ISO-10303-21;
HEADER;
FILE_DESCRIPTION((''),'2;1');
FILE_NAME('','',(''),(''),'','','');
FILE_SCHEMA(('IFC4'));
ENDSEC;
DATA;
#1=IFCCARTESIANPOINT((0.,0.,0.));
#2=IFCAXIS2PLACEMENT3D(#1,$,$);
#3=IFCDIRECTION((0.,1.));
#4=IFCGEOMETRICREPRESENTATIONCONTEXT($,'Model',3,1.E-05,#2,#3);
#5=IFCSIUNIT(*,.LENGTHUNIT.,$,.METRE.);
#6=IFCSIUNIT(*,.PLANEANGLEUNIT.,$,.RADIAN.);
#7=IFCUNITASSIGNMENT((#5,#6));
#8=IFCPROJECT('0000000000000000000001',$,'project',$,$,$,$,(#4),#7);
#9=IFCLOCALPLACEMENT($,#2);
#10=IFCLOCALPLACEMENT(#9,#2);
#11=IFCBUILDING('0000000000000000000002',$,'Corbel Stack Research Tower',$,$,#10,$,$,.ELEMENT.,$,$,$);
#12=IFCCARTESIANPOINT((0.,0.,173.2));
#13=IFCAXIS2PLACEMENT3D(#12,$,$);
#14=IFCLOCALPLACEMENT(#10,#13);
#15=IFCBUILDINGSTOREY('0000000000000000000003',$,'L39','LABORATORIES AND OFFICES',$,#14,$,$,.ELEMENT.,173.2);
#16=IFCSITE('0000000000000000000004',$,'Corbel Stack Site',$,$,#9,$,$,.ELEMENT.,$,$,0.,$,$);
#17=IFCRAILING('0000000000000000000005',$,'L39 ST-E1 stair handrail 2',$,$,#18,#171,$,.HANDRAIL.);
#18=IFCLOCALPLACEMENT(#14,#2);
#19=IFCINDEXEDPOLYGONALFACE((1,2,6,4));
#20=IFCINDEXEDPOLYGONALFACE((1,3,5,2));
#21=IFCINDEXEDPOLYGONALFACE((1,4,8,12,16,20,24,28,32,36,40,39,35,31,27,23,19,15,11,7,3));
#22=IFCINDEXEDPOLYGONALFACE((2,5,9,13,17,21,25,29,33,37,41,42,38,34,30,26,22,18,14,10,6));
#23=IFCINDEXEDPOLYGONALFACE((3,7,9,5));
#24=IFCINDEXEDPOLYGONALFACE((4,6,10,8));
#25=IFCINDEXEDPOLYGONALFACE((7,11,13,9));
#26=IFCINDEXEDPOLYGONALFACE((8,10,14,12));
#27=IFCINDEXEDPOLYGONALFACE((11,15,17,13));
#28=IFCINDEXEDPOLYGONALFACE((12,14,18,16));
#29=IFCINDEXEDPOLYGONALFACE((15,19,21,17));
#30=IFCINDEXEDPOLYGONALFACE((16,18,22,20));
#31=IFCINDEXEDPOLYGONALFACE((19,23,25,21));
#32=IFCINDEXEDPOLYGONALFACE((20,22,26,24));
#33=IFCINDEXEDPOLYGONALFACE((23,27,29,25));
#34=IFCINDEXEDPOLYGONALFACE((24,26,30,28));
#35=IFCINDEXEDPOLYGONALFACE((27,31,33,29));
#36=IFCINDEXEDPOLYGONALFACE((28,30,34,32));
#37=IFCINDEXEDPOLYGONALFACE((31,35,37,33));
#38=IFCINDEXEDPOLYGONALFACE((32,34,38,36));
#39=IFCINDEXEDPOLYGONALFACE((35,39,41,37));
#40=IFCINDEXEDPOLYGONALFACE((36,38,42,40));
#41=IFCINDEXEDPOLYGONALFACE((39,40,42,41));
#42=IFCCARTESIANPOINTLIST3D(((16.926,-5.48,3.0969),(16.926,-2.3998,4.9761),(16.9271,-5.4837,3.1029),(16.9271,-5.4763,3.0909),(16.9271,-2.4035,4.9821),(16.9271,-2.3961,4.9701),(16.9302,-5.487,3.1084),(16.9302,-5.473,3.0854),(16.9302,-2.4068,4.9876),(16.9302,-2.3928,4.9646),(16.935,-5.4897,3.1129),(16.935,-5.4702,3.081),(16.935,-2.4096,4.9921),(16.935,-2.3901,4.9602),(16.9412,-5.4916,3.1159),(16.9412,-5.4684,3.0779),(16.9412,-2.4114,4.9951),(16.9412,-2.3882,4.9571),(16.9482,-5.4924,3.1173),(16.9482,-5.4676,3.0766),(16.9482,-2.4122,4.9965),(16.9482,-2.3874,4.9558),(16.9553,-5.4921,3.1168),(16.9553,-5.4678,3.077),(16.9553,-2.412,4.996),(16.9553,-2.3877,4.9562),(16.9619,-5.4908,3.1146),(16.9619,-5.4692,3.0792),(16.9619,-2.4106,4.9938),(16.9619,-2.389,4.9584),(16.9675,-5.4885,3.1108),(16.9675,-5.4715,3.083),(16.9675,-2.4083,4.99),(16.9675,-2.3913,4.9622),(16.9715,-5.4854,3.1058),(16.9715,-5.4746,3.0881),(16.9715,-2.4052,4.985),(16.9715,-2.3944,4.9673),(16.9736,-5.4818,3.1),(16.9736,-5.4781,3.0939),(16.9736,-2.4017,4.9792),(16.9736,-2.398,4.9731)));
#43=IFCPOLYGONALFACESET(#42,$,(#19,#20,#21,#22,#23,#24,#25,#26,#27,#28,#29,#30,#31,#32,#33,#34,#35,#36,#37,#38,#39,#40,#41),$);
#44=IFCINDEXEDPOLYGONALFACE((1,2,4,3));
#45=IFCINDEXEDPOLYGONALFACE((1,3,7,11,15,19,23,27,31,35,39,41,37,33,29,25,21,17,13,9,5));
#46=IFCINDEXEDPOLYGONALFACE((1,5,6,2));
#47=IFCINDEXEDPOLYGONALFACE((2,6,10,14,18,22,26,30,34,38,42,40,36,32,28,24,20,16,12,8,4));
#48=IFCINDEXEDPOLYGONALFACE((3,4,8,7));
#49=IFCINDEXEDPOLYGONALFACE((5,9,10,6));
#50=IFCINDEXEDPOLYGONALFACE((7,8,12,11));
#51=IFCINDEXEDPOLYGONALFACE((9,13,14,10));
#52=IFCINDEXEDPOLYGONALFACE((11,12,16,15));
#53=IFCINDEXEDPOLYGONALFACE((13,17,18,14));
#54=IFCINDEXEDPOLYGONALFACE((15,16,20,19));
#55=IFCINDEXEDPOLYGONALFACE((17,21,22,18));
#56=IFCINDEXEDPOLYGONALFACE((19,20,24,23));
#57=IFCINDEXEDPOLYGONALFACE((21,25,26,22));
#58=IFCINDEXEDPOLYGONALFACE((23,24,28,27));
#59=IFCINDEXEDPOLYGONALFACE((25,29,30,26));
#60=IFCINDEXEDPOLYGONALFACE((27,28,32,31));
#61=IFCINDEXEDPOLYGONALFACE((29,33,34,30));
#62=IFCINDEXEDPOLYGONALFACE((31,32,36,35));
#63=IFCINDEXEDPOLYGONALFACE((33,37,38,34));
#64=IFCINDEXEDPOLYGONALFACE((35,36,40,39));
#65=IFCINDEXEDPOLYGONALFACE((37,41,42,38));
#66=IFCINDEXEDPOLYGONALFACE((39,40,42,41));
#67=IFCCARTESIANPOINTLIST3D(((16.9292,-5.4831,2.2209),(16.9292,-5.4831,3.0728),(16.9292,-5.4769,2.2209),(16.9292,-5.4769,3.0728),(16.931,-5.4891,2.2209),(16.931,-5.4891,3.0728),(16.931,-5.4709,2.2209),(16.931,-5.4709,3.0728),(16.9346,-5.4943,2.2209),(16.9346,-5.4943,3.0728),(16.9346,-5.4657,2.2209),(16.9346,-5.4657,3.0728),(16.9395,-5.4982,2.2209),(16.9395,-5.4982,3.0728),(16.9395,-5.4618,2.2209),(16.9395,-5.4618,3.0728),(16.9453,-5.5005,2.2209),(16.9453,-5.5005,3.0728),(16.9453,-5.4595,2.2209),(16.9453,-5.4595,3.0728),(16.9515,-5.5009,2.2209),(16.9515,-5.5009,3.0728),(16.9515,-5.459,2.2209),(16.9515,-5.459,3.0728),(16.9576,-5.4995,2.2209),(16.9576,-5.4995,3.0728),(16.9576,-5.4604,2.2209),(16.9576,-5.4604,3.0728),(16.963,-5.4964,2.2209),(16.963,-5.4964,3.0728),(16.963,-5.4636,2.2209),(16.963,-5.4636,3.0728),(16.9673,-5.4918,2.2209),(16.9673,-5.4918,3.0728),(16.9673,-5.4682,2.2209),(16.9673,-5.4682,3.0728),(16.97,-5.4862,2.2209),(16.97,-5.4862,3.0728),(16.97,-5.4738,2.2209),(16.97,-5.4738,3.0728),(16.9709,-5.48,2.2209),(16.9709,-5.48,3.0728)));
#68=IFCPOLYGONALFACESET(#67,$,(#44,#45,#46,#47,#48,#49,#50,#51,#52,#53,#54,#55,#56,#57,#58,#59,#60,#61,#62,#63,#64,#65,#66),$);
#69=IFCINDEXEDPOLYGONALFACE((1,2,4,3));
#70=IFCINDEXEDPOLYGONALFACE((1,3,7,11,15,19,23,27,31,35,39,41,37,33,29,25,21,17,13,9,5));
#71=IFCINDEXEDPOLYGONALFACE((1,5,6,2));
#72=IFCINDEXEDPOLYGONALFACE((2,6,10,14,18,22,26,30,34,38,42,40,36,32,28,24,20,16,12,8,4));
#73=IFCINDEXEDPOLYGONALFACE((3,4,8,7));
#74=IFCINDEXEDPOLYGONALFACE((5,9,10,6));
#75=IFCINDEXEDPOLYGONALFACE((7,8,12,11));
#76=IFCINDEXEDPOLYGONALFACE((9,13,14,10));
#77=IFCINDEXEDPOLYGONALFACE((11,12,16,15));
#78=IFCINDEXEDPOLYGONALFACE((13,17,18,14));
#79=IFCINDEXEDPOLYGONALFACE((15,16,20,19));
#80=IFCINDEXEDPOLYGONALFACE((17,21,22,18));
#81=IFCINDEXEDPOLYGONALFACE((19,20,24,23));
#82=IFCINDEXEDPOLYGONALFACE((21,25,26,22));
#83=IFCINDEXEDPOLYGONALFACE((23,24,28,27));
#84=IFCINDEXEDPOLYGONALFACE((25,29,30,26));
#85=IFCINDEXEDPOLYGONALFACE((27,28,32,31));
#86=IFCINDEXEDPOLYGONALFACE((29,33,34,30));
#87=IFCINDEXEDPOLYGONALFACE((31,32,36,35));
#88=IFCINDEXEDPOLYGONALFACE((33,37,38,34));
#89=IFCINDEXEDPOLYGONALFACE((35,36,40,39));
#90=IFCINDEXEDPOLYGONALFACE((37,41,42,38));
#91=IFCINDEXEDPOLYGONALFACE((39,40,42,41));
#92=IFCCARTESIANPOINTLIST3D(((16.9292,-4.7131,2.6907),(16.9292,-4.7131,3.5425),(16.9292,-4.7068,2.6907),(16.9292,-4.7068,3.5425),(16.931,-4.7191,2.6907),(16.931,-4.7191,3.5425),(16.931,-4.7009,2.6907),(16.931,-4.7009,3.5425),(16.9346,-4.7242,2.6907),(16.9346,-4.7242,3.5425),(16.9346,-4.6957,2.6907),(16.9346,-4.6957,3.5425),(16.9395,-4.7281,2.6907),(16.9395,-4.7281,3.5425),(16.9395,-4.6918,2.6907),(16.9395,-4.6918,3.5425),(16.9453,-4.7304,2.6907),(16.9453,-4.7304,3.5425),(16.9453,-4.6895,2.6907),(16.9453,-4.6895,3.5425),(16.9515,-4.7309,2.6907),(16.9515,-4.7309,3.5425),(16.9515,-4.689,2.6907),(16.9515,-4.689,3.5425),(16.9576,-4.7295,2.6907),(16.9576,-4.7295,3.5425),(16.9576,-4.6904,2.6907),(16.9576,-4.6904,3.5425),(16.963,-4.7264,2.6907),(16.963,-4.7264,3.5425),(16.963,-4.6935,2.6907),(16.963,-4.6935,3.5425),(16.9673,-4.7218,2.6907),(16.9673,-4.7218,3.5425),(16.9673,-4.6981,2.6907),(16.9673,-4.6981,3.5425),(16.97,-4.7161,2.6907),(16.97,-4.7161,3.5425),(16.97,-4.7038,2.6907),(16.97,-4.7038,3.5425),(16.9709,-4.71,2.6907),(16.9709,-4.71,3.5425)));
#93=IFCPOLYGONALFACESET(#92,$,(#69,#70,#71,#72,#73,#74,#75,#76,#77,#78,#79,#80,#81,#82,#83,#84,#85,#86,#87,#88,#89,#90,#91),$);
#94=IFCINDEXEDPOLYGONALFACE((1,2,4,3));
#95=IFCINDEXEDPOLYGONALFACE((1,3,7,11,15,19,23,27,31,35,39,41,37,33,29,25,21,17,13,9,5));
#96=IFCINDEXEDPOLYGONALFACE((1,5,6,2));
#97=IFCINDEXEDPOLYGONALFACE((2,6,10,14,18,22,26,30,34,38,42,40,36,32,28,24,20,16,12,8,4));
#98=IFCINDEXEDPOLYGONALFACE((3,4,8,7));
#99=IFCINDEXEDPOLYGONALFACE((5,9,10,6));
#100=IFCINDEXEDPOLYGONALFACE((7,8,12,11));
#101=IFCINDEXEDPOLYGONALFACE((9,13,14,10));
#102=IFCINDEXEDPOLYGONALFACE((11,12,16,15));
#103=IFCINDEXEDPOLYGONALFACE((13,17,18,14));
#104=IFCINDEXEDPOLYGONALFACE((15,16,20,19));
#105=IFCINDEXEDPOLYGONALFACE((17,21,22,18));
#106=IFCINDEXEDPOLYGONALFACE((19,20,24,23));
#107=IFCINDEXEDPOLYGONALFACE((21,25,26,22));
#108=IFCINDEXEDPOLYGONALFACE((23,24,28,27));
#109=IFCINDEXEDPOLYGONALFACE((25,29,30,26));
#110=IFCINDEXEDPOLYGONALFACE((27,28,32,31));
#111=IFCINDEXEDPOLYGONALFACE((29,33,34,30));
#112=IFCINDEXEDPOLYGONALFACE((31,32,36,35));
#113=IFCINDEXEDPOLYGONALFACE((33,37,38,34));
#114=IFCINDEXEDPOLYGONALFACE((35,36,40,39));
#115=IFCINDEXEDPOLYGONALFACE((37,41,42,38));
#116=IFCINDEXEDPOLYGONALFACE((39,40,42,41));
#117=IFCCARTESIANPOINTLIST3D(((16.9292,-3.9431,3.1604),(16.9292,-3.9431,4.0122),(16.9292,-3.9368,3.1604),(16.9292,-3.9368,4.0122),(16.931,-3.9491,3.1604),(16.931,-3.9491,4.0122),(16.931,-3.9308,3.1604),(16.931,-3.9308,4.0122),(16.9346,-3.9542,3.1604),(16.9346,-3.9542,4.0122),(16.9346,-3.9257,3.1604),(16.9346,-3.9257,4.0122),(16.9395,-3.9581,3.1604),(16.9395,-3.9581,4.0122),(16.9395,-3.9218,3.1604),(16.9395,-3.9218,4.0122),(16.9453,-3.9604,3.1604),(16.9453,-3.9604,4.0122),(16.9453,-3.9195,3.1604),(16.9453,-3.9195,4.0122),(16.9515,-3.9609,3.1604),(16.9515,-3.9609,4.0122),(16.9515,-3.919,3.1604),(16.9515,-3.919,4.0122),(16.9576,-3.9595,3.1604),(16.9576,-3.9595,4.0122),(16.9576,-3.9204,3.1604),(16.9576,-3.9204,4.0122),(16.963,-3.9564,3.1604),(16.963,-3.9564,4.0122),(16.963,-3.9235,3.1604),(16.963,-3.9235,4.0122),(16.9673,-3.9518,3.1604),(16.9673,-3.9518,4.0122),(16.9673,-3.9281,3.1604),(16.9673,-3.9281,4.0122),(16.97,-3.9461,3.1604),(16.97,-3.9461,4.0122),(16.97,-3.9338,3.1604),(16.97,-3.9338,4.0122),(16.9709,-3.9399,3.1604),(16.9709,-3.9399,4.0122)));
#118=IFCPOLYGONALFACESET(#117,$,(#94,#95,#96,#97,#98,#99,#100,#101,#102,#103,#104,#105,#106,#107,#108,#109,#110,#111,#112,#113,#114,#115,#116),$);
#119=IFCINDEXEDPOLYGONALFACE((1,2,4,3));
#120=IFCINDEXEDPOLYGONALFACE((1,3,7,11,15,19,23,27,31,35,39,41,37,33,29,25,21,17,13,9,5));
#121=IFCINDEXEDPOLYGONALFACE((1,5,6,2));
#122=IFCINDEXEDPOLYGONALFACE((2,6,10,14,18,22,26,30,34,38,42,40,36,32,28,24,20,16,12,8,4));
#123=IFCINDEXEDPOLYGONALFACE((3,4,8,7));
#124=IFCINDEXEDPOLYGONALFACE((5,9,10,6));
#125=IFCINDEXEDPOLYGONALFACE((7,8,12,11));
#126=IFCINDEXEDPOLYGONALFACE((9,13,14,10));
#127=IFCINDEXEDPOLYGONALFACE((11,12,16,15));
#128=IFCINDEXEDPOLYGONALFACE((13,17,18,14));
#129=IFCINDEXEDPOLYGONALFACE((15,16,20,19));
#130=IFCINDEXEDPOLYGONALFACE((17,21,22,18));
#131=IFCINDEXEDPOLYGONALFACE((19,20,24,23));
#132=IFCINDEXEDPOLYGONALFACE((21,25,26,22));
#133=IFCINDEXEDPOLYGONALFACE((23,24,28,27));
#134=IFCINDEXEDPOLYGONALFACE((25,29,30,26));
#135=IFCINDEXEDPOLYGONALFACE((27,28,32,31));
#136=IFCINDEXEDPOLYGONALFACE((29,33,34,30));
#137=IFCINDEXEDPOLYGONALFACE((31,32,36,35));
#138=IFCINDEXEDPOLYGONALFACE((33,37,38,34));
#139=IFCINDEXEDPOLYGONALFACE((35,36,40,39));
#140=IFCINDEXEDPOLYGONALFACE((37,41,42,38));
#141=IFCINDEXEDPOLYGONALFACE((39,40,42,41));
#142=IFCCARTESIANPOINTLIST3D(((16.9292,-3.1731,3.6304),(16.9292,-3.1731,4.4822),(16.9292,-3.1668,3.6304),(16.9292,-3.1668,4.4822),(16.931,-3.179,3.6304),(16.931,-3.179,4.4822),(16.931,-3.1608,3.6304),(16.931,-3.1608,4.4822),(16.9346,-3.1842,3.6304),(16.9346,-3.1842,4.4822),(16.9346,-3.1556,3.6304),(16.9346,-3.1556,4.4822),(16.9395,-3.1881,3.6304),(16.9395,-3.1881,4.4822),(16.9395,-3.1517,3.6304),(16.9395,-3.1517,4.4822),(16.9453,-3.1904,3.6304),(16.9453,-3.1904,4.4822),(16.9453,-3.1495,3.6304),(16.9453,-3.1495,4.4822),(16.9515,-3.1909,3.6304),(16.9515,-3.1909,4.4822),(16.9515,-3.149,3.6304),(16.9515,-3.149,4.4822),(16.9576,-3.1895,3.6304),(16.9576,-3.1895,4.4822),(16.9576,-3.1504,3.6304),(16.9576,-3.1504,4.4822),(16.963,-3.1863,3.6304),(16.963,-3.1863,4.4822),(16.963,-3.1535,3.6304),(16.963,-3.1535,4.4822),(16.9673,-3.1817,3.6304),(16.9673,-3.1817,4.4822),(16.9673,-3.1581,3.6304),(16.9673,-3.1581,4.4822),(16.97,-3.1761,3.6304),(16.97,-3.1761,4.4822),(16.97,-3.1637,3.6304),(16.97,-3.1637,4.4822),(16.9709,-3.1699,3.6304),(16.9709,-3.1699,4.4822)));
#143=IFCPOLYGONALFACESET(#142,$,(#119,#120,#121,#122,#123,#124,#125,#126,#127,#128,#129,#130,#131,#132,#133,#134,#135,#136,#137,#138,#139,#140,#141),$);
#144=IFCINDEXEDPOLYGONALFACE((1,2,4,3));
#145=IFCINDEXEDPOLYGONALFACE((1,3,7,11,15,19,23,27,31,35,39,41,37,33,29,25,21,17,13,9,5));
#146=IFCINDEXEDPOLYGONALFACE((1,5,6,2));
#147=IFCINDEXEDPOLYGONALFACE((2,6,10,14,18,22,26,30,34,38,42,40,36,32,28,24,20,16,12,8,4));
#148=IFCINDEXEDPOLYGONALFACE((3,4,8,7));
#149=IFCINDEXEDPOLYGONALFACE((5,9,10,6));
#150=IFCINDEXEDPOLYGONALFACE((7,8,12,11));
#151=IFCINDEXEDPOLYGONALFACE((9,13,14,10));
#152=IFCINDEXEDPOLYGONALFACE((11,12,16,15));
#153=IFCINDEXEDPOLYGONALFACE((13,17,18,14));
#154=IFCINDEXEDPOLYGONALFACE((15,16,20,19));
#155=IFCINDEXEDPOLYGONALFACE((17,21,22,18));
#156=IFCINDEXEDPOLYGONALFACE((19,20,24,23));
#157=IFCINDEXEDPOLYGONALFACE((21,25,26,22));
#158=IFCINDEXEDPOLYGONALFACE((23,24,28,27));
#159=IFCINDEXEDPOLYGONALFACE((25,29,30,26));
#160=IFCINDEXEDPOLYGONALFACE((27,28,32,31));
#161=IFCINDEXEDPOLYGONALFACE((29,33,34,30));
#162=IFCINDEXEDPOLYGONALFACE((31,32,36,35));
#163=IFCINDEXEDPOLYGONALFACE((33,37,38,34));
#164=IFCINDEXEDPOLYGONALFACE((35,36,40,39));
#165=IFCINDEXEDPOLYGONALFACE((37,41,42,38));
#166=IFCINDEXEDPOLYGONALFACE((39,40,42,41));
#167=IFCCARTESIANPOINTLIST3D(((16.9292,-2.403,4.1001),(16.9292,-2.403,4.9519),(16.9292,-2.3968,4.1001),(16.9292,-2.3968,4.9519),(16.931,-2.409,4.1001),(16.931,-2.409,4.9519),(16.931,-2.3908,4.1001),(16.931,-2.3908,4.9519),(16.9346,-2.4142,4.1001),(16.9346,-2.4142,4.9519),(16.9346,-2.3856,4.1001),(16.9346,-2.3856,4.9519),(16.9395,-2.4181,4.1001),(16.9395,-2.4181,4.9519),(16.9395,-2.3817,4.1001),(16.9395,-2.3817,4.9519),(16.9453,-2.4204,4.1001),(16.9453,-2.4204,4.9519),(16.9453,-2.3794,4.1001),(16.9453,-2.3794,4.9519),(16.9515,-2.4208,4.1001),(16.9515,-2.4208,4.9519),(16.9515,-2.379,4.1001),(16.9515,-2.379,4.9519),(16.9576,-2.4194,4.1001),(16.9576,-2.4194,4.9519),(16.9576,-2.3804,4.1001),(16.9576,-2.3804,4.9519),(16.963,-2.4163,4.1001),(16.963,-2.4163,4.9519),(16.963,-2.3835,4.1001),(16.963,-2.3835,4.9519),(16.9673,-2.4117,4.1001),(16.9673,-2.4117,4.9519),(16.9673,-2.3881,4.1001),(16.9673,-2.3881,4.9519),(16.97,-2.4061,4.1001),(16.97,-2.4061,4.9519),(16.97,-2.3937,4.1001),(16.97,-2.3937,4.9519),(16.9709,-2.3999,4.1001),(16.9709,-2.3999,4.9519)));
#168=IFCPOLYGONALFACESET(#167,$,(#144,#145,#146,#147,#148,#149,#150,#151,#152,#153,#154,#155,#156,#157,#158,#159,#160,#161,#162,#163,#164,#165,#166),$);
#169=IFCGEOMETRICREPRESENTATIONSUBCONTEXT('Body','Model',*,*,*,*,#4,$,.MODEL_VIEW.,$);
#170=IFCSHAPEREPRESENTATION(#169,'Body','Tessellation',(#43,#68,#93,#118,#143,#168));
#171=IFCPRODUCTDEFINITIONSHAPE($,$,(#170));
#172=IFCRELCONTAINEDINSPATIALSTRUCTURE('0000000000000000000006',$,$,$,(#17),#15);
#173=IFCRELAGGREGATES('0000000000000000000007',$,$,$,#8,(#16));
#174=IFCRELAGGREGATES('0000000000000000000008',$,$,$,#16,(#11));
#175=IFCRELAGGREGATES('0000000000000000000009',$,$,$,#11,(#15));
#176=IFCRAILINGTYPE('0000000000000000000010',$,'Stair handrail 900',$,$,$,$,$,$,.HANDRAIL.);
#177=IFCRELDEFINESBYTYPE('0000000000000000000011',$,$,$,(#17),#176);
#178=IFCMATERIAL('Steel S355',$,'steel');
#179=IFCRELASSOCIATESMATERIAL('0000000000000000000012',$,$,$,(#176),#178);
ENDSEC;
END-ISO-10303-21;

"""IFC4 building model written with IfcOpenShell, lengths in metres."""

from ifc_helpers import new_model, si_unit, direction, frame, origin, origin_2d, place, context, subcontext, project, spatial, circle, extrude, material, type_object, element, save


model = new_model("IFC4")

# Units and contexts
model_context = context("Model", 3, precision=1e-05, world=origin(), true_north=direction((0.0, 1.0)))
body_context = subcontext(model_context, "Body", "Model", "MODEL_VIEW")
ifc_project = project(units=[si_unit("LENGTHUNIT", "METRE"), si_unit("PLANEANGLEUNIT", "RADIAN")], contexts=[model_context])

# Site, building, storey
site_placement = place(None, origin())
site = spatial("IfcSite", under=ifc_project, at=site_placement, Name="Corbel Stack Site", CompositionType="ELEMENT", RefElevation=0.0)
building_placement = place(site_placement, origin())
building = spatial("IfcBuilding", under=site, at=building_placement, Name="Corbel Stack Research Tower", CompositionType="ELEMENT")
storey_placement = place(building_placement, frame((0.0, 0.0, 173.2)))
storey = spatial("IfcBuildingStorey", under=building, at=storey_placement, Name="L39", Description="LABORATORIES AND OFFICES", CompositionType="ELEMENT", Elevation=173.2)

# Railing
ifc_material_1 = material(Name="Steel S355", Category="steel")
railing_type_1 = type_object("IfcRailingType", Name="Stair handrail 900", PredefinedType="HANDRAIL", material=ifc_material_1)
railing_1_placement = place(storey_placement, frame((16.95, -5.48, 2.2209)))
element("IfcRailing", 1, at=railing_1_placement, inside=storey, type_object=railing_type_1, Name="L39 ST-E1 stair handrail 2", PredefinedType="HANDRAIL", context=body_context, shape_type="SweptSolid", body=[
    extrude(circle(Radius=0.0239, at=origin_2d()), frame((0.0, 0.0, 0.876), z_axis=(0.0, 0.853666, 0.52082), x_axis=(-1.0, 0.0, 0.0)), (0.0, 0.0, 1.0), 3.6082),
    extrude(circle(Radius=0.021, at=origin_2d()), origin(), (0.0, 0.0, 1.0), 0.8518),
    extrude(circle(Radius=0.021, at=origin_2d()), frame((0.0, 0.77, 0.4697)), (0.0, 0.0, 1.0), 0.8518),
    extrude(circle(Radius=0.021, at=origin_2d()), frame((0.0, 1.54, 0.9395)), (0.0, 0.0, 1.0), 0.8518),
    extrude(circle(Radius=0.021, at=origin_2d()), frame((0.0, 2.3101, 1.4094)), (0.0, 0.0, 1.0), 0.8518),
    extrude(circle(Radius=0.021, at=origin_2d()), frame((0.0, 3.0801, 1.8792)), (0.0, 0.0, 1.0), 0.8518),
])

save(model, "model.ifc")
